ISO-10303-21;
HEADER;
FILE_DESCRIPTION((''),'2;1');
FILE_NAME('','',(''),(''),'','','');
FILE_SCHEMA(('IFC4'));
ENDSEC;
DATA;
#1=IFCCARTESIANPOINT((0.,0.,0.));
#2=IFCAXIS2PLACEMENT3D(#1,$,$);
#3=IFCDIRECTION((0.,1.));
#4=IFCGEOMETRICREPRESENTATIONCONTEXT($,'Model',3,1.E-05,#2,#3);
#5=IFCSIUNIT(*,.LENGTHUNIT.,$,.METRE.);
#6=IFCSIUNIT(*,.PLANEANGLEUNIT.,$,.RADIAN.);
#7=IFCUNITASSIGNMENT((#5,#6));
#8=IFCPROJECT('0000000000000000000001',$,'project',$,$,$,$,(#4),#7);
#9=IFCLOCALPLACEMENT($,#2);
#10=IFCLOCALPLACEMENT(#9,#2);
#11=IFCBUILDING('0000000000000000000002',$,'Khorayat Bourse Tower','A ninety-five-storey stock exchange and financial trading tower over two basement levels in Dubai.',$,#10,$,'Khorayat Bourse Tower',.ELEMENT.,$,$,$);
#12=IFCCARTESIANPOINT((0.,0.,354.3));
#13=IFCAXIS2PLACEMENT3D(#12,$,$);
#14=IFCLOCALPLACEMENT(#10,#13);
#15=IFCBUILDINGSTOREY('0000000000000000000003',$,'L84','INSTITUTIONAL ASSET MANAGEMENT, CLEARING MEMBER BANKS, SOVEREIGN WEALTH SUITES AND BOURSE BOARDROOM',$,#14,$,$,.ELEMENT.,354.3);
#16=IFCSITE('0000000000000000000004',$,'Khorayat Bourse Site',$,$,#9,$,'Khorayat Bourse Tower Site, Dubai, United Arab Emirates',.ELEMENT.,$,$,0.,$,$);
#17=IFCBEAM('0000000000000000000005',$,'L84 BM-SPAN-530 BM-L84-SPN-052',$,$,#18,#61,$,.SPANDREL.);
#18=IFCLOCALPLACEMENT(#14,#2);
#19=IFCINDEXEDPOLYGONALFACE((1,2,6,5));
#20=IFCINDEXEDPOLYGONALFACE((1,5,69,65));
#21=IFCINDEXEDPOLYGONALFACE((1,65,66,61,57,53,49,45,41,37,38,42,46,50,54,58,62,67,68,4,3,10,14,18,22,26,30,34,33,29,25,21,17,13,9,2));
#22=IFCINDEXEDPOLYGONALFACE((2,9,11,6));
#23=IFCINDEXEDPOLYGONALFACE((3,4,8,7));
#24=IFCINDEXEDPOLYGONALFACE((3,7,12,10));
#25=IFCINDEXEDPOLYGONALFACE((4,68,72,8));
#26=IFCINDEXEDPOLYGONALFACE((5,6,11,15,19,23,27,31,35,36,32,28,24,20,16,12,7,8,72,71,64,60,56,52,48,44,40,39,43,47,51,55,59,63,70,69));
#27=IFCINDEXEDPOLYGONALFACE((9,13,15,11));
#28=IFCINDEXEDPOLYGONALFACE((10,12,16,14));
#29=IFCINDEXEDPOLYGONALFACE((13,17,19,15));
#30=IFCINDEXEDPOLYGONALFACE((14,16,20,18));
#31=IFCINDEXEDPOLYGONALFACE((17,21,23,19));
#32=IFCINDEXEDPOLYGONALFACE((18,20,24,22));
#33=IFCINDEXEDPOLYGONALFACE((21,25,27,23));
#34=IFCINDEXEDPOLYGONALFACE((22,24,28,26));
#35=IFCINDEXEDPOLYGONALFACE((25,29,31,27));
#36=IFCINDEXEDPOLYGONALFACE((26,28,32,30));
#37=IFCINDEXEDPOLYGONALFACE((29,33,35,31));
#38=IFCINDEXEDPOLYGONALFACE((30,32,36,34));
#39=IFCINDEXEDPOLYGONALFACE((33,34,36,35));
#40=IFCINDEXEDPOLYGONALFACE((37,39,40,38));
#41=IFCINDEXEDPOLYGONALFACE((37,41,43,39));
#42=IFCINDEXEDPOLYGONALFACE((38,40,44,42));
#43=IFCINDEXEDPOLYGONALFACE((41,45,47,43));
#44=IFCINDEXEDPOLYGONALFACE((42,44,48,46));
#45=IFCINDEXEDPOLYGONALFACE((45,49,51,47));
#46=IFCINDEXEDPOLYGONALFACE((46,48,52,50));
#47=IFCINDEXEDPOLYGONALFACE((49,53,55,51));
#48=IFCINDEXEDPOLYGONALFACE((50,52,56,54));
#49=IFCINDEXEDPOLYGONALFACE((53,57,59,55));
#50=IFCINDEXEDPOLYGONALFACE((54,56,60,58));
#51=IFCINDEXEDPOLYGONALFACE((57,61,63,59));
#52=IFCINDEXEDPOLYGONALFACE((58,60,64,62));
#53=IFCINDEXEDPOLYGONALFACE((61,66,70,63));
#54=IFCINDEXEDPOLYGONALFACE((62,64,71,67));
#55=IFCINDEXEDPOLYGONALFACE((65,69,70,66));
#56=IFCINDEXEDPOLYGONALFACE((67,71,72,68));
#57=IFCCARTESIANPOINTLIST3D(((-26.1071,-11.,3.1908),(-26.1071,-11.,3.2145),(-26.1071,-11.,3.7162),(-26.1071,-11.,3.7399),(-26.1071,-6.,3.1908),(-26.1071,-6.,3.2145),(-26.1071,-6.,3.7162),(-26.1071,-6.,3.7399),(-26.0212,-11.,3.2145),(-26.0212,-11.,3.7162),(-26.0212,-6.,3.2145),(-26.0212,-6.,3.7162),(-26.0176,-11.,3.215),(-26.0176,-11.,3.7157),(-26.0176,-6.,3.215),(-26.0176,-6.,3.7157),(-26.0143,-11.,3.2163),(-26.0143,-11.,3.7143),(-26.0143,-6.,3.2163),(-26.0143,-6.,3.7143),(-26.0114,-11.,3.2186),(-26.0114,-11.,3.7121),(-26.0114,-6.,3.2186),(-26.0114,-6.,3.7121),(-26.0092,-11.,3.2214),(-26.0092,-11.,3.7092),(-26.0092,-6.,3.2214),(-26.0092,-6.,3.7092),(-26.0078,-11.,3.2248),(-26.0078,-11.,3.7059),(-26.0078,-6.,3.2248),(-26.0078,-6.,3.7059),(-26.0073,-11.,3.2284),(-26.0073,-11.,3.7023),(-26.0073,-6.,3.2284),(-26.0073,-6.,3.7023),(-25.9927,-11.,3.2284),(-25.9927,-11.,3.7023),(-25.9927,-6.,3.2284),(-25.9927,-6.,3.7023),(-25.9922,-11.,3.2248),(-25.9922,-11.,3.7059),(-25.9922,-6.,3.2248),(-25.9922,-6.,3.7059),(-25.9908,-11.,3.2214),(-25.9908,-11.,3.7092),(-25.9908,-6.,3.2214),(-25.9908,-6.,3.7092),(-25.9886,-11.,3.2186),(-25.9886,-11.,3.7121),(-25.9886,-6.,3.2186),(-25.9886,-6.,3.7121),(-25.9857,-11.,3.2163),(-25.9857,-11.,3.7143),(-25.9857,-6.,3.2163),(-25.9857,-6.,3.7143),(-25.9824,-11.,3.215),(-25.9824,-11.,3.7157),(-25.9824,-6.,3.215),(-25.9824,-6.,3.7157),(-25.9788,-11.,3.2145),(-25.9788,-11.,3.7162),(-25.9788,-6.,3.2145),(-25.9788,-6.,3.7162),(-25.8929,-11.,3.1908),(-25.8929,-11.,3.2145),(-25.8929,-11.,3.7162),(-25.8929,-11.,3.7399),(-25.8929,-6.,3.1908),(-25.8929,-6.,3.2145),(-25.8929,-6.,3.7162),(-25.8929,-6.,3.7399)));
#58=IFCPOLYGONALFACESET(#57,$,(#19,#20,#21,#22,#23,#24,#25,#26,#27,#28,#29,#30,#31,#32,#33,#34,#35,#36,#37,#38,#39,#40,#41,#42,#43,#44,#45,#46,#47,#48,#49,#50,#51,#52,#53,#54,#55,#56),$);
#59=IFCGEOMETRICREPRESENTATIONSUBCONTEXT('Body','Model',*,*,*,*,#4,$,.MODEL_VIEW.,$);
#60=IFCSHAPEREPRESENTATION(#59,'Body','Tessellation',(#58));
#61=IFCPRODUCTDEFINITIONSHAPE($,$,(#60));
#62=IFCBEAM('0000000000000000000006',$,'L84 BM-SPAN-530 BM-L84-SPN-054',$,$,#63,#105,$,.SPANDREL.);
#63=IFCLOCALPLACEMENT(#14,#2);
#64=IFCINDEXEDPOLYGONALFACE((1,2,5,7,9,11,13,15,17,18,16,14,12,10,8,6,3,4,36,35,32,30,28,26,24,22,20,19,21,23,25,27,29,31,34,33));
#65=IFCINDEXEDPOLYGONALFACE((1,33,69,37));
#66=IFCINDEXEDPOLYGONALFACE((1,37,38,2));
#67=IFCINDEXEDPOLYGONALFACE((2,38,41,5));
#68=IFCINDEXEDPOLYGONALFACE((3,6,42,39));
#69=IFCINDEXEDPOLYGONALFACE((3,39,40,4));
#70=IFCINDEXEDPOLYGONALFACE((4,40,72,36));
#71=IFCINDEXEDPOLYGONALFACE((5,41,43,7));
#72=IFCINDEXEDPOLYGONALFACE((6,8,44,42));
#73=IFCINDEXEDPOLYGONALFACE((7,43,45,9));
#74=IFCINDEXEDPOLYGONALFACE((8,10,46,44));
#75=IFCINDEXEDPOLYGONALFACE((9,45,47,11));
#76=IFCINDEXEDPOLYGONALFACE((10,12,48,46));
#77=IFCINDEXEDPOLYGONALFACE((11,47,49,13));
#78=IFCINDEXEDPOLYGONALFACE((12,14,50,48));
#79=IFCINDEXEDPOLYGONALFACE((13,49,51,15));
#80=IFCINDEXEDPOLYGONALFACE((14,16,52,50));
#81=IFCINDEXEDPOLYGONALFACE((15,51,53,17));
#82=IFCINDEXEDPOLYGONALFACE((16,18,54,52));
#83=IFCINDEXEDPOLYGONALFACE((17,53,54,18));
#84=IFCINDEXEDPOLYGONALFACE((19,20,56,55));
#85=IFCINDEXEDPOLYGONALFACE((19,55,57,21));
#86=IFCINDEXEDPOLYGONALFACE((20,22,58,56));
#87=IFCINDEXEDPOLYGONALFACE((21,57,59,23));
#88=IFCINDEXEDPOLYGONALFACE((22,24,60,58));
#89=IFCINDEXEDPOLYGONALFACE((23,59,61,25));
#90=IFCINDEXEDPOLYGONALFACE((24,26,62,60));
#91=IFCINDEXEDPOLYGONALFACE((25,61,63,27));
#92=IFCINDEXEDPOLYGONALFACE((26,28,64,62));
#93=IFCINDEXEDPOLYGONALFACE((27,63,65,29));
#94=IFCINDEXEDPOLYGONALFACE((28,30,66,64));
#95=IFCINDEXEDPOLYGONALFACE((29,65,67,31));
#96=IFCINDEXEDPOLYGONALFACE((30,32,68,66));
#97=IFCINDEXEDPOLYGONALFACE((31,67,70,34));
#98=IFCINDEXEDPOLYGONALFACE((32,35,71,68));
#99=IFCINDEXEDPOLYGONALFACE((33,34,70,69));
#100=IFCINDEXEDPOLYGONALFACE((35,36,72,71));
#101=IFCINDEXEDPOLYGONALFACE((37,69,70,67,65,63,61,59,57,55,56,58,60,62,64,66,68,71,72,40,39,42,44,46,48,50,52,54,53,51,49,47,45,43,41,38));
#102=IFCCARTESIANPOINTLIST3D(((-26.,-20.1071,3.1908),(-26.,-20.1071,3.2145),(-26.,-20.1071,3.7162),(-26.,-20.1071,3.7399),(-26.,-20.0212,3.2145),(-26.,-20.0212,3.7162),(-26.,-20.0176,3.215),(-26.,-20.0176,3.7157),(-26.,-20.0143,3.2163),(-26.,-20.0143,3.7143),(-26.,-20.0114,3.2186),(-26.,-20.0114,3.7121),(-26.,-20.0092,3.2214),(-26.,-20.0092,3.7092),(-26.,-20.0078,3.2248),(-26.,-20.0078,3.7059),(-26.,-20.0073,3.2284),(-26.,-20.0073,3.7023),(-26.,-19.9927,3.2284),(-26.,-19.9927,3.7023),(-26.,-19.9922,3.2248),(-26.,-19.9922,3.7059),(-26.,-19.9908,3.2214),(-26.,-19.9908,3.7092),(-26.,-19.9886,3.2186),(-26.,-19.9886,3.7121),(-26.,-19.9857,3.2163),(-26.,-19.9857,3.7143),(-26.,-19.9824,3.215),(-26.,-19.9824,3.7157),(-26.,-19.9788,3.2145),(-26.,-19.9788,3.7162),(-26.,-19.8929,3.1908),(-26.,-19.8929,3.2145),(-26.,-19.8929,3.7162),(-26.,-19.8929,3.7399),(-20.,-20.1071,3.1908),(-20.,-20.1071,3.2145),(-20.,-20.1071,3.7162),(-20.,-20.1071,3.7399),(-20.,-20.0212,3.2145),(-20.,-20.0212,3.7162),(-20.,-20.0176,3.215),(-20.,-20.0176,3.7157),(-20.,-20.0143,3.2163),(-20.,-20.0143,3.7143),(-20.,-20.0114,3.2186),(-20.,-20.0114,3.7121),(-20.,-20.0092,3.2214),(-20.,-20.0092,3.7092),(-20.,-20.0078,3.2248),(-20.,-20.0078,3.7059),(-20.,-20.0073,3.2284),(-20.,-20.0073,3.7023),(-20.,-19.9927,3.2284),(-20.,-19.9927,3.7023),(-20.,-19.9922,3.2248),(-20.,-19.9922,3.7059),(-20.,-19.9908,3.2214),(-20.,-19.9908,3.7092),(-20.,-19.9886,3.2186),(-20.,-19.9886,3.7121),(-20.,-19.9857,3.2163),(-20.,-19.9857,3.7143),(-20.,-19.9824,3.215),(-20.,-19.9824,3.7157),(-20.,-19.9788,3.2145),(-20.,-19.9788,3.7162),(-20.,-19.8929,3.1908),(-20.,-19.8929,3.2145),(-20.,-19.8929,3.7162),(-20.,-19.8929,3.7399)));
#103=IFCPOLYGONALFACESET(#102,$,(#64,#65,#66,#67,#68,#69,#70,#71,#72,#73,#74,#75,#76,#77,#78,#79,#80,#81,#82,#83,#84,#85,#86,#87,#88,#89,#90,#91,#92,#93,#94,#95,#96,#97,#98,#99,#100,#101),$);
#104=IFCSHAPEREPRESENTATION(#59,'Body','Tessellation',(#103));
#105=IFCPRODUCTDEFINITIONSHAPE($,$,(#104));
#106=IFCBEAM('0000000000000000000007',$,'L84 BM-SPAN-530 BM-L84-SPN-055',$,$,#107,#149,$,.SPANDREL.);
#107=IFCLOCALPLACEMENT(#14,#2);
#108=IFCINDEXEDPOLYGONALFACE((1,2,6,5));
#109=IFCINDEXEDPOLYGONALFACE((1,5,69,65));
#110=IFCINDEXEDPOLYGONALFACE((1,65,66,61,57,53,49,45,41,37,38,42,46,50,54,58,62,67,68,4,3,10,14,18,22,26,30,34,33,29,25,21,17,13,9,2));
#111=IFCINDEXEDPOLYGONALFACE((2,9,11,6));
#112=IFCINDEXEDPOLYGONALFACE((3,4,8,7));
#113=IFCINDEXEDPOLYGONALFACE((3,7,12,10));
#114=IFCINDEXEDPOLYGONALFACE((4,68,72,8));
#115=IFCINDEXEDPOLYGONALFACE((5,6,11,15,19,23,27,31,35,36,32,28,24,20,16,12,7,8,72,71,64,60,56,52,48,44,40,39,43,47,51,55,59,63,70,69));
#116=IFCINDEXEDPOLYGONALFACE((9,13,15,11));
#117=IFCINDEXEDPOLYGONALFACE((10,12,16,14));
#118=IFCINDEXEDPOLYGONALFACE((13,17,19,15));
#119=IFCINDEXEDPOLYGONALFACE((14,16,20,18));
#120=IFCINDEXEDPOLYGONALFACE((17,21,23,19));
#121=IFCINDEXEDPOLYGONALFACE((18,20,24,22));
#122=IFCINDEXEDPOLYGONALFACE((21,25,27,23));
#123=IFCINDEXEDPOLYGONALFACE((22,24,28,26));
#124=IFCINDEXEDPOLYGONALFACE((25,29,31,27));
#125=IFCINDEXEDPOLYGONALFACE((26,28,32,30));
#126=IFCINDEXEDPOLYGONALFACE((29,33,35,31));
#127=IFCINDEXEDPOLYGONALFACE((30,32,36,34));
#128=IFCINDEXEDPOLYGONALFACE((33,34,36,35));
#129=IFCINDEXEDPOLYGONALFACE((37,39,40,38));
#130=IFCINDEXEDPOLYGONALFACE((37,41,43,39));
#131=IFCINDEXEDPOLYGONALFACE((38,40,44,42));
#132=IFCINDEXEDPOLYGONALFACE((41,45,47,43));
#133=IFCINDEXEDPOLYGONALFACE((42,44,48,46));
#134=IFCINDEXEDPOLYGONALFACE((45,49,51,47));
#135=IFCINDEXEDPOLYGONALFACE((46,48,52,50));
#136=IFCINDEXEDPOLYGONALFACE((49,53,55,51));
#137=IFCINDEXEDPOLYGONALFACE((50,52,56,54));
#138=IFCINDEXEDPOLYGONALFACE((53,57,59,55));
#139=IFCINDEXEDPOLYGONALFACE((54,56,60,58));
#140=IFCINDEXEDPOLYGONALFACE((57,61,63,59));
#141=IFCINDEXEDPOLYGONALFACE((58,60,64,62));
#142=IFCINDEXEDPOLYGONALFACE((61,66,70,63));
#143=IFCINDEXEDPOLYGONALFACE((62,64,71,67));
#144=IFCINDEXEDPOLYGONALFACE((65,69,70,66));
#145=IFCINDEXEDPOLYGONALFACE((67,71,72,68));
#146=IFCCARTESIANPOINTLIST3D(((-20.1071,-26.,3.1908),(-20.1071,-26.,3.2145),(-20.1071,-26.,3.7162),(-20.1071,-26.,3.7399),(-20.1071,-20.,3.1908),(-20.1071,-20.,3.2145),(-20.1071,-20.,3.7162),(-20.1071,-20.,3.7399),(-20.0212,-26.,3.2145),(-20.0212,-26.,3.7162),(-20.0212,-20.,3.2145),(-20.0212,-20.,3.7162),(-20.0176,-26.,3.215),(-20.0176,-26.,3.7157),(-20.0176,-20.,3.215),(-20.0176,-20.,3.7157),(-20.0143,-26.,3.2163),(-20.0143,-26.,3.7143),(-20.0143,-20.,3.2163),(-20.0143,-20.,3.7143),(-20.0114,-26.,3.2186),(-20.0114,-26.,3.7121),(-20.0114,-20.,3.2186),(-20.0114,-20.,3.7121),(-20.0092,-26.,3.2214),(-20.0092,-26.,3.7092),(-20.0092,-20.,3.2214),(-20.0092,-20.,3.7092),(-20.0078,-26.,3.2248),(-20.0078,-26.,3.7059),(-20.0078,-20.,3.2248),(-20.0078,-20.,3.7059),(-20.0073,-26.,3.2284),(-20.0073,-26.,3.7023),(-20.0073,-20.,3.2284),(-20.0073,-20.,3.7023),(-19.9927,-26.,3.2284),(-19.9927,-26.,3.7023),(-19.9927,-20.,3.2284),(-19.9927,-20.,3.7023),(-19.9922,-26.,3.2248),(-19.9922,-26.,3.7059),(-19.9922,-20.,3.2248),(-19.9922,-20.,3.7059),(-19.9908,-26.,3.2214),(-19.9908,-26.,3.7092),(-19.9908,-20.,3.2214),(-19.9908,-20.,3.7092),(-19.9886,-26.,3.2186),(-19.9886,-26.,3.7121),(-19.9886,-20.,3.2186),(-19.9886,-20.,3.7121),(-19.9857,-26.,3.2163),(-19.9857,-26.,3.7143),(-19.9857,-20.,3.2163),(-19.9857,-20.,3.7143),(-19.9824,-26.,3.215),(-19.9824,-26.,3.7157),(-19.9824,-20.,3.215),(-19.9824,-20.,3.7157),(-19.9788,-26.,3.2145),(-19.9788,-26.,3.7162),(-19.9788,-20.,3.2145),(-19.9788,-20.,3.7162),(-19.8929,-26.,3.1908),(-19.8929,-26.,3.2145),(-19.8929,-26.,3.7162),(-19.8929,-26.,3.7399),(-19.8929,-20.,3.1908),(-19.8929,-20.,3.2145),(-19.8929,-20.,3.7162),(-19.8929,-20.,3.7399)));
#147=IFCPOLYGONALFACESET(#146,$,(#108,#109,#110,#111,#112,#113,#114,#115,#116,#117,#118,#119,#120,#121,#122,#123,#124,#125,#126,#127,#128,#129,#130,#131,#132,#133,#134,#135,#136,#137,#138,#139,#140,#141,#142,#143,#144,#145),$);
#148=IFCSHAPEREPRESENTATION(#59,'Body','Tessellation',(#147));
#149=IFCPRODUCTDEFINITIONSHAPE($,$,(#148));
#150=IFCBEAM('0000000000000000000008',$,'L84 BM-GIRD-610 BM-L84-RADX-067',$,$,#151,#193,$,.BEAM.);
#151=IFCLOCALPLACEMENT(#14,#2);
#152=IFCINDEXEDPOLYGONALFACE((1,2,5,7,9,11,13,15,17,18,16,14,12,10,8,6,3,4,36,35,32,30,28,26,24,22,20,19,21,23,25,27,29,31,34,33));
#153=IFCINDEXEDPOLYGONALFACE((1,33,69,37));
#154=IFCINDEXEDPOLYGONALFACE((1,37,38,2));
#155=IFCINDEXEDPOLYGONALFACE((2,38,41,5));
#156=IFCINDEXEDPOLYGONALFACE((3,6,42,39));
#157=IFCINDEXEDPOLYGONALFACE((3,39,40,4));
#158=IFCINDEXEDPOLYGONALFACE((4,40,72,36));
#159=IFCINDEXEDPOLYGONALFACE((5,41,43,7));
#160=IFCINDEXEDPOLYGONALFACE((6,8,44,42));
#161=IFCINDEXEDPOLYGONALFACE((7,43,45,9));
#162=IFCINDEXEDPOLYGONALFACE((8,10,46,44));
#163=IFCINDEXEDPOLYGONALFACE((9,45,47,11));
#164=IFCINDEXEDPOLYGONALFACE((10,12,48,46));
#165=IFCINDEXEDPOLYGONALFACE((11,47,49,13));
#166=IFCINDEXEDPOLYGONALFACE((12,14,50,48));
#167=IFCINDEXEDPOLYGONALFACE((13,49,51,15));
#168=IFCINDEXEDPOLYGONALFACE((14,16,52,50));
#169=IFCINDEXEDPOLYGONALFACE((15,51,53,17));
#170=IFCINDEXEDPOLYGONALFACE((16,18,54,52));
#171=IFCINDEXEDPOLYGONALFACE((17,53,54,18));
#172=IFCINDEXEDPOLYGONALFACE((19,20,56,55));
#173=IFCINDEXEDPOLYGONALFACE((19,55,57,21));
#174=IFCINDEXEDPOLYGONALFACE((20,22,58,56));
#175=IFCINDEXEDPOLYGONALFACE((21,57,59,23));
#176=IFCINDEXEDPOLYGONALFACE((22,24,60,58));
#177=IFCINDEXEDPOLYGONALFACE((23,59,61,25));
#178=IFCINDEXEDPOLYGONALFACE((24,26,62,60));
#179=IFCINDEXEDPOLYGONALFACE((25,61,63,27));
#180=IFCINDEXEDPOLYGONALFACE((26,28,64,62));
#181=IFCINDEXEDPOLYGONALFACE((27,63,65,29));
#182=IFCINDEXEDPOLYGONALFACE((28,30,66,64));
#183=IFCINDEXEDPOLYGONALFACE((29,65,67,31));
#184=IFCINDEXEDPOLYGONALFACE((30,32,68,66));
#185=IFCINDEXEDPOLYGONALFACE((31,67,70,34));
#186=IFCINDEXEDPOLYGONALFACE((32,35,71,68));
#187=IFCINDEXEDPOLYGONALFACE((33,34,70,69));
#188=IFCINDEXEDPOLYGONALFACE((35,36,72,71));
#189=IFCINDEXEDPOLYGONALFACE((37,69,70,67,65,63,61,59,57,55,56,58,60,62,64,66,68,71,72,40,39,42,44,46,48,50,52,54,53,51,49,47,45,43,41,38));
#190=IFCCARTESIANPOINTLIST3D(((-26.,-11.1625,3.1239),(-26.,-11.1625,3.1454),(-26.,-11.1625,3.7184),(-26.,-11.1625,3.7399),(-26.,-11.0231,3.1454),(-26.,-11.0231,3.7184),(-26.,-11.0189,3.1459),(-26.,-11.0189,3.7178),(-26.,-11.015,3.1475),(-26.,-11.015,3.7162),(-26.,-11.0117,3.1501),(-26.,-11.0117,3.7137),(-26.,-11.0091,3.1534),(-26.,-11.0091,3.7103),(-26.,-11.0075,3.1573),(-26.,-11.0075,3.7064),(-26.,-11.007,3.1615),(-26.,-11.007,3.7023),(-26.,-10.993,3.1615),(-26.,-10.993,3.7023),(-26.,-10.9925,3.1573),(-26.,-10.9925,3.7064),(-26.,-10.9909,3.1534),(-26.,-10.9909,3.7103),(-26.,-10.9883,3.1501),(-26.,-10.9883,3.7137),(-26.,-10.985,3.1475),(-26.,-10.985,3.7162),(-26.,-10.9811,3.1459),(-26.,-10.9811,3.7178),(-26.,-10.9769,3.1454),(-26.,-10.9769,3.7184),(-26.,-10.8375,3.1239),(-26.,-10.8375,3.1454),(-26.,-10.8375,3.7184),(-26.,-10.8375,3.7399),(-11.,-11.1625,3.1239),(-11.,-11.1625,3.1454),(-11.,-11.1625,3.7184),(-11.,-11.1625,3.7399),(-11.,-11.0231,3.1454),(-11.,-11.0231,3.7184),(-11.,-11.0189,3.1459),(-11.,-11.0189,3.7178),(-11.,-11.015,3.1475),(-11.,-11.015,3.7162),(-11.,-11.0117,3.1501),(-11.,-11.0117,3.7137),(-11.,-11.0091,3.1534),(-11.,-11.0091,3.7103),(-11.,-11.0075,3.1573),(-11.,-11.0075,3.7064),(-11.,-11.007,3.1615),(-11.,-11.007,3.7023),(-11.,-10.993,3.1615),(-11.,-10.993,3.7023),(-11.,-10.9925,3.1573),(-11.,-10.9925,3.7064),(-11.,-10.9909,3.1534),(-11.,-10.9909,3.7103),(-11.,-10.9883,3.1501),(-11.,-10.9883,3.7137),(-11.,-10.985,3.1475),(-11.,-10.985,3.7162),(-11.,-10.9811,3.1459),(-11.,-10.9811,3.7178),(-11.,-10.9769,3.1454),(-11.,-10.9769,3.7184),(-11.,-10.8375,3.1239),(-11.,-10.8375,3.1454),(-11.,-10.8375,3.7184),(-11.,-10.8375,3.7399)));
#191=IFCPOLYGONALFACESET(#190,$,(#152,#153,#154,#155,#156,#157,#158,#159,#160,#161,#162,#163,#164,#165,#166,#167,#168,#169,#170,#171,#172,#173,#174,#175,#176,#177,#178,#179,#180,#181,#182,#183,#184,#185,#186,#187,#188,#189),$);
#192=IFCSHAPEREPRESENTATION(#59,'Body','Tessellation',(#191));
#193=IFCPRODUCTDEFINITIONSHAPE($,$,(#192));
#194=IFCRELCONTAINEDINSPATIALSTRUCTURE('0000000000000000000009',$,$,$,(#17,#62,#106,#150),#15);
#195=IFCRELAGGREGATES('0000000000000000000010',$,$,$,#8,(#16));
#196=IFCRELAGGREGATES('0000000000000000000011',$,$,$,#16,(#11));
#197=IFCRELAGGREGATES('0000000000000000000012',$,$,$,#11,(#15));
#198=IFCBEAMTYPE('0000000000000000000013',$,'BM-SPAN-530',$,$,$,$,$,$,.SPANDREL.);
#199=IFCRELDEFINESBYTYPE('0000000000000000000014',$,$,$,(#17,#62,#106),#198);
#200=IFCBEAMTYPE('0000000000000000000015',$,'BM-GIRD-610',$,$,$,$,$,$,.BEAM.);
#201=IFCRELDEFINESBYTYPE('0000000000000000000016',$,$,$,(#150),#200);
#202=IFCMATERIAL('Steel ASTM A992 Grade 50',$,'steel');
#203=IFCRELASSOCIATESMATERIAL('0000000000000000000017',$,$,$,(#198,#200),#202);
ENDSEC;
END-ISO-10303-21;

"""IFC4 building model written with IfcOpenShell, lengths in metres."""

from ifc_helpers import new_model, si_unit, direction, frame, origin, origin_2d, place, context, subcontext, project, spatial, i_section, extrude, source, transform, mapped, material, material_profile, profile_set, type_object, element, save


model = new_model("IFC4")

# Units and contexts
model_context = context("Model", 3, precision=1e-05, world=origin(), true_north=direction((0.0, 1.0)))
body_context = subcontext(model_context, "Body", "Model", "MODEL_VIEW")
ifc_project = project(units=[si_unit("LENGTHUNIT", "METRE"), si_unit("PLANEANGLEUNIT", "RADIAN")], contexts=[model_context])

# Site, building, storey
site_placement = place(None, origin())
site = spatial("IfcSite", under=ifc_project, at=site_placement, Name="Khorayat Bourse Site", LongName="Khorayat Bourse Tower Site, Dubai, United Arab Emirates", CompositionType="ELEMENT", RefElevation=0.0)
building_placement = place(site_placement, origin())
building = spatial("IfcBuilding", under=site, at=building_placement, Name="Khorayat Bourse Tower", Description="A ninety-five-storey stock exchange and financial trading tower over two basement levels in Dubai.", LongName="Khorayat Bourse Tower", CompositionType="ELEMENT")
storey_placement = place(building_placement, frame((0.0, 0.0, 354.3)))
storey = spatial("IfcBuildingStorey", under=building, at=storey_placement, Name="L84", Description="INSTITUTIONAL ASSET MANAGEMENT, CLEARING MEMBER BANKS, SOVEREIGN WEALTH SUITES AND BOURSE BOARDROOM", CompositionType="ELEMENT", Elevation=354.3)

# Beams
ifc_material_1 = material(Name="Steel ASTM A992 Grade 50", Category="steel")
ifc_material_profile_1 = material_profile(ifc_material_1, i_section(OverallWidth=0.2141, OverallDepth=0.5491, WebThickness=0.0146, FlangeThickness=0.0237, FilletRadius=0.0139, at=origin_2d()), Name="W530X138")
ifc_profile_set_1 = profile_set([ifc_material_profile_1], Name="Steel ASTM A992 Grade 50")
beam_type_1 = type_object("IfcBeamType", Name="BM-SPAN-530", PredefinedType="SPANDREL", material=ifc_profile_set_1)
shared_shape_1 = source(origin(), body_context, "Body", "SweptSolid", [
    extrude(i_section(OverallWidth=0.2141, OverallDepth=0.5491, WebThickness=0.0146, FlangeThickness=0.0237, FilletRadius=0.0139, at=origin_2d()), origin(), (0.0, 0.0, 1.0), 5.0),
])
beam_1_placement = place(storey_placement, frame((-26.0, -11.0, 3.4653), z_axis=(0.0, 1.0, 0.0), x_axis=(-1.0, 0.0, 0.0)))
element("IfcBeam", 1, at=beam_1_placement, inside=storey, type_object=beam_type_1, Name="L84 BM-SPAN-530 BM-L84-SPN-052", PredefinedType="SPANDREL", context=body_context, shape_type="MappedRepresentation", body=[
    mapped(shared_shape_1, transform((0.0, 0.0, 0.0), scale=1.0)),
])
shared_shape_2 = source(origin(), body_context, "Body", "SweptSolid", [
    extrude(i_section(OverallWidth=0.2141, OverallDepth=0.5491, WebThickness=0.0146, FlangeThickness=0.0237, FilletRadius=0.0139, at=origin_2d()), origin(), (0.0, 0.0, 1.0), 6.0),
])
for number, where, z_axis, x_axis, name in (
    (2, (-26.0, -20.0, 3.4653), (1.0, 0.0, 0.0), (0.0, 1.0, 0.0), "L84 BM-SPAN-530 BM-L84-SPN-054"),
    (3, (-20.0, -26.0, 3.4653), (0.0, 1.0, 0.0), (-1.0, 0.0, 0.0), "L84 BM-SPAN-530 BM-L84-SPN-055"),
):
    element("IfcBeam", number, at=place(storey_placement, frame(where, z_axis=z_axis, x_axis=x_axis)), inside=storey, type_object=beam_type_1, Name=name, PredefinedType="SPANDREL", context=body_context, shape_type="MappedRepresentation", body=[
        mapped(shared_shape_2, transform((0.0, 0.0, 0.0), scale=1.0)),
    ])
ifc_material_profile_2 = material_profile(ifc_material_1, i_section(OverallWidth=0.325, OverallDepth=0.616, WebThickness=0.0139, FlangeThickness=0.0215, FilletRadius=0.0161, at=origin_2d()), Name="W610X174")
ifc_profile_set_2 = profile_set([ifc_material_profile_2], Name="Steel ASTM A992 Grade 50")
beam_type_2 = type_object("IfcBeamType", Name="BM-GIRD-610", PredefinedType="BEAM", material=ifc_profile_set_2)
shared_shape_3 = source(origin(), body_context, "Body", "SweptSolid", [
    extrude(i_section(OverallWidth=0.325, OverallDepth=0.616, WebThickness=0.0139, FlangeThickness=0.0215, FilletRadius=0.0161, at=origin_2d()), origin(), (0.0, 0.0, 1.0), 15.0),
])
beam_2_placement = place(storey_placement, frame((-26.0, -11.0, 3.4319), z_axis=(1.0, 0.0, 0.0), x_axis=(0.0, 1.0, 0.0)))
element("IfcBeam", 4, at=beam_2_placement, inside=storey, type_object=beam_type_2, Name="L84 BM-GIRD-610 BM-L84-RADX-067", PredefinedType="BEAM", context=body_context, shape_type="MappedRepresentation", body=[
    mapped(shared_shape_3, transform((0.0, 0.0, 0.0), scale=1.0)),
])

save(model, "model.ifc")
